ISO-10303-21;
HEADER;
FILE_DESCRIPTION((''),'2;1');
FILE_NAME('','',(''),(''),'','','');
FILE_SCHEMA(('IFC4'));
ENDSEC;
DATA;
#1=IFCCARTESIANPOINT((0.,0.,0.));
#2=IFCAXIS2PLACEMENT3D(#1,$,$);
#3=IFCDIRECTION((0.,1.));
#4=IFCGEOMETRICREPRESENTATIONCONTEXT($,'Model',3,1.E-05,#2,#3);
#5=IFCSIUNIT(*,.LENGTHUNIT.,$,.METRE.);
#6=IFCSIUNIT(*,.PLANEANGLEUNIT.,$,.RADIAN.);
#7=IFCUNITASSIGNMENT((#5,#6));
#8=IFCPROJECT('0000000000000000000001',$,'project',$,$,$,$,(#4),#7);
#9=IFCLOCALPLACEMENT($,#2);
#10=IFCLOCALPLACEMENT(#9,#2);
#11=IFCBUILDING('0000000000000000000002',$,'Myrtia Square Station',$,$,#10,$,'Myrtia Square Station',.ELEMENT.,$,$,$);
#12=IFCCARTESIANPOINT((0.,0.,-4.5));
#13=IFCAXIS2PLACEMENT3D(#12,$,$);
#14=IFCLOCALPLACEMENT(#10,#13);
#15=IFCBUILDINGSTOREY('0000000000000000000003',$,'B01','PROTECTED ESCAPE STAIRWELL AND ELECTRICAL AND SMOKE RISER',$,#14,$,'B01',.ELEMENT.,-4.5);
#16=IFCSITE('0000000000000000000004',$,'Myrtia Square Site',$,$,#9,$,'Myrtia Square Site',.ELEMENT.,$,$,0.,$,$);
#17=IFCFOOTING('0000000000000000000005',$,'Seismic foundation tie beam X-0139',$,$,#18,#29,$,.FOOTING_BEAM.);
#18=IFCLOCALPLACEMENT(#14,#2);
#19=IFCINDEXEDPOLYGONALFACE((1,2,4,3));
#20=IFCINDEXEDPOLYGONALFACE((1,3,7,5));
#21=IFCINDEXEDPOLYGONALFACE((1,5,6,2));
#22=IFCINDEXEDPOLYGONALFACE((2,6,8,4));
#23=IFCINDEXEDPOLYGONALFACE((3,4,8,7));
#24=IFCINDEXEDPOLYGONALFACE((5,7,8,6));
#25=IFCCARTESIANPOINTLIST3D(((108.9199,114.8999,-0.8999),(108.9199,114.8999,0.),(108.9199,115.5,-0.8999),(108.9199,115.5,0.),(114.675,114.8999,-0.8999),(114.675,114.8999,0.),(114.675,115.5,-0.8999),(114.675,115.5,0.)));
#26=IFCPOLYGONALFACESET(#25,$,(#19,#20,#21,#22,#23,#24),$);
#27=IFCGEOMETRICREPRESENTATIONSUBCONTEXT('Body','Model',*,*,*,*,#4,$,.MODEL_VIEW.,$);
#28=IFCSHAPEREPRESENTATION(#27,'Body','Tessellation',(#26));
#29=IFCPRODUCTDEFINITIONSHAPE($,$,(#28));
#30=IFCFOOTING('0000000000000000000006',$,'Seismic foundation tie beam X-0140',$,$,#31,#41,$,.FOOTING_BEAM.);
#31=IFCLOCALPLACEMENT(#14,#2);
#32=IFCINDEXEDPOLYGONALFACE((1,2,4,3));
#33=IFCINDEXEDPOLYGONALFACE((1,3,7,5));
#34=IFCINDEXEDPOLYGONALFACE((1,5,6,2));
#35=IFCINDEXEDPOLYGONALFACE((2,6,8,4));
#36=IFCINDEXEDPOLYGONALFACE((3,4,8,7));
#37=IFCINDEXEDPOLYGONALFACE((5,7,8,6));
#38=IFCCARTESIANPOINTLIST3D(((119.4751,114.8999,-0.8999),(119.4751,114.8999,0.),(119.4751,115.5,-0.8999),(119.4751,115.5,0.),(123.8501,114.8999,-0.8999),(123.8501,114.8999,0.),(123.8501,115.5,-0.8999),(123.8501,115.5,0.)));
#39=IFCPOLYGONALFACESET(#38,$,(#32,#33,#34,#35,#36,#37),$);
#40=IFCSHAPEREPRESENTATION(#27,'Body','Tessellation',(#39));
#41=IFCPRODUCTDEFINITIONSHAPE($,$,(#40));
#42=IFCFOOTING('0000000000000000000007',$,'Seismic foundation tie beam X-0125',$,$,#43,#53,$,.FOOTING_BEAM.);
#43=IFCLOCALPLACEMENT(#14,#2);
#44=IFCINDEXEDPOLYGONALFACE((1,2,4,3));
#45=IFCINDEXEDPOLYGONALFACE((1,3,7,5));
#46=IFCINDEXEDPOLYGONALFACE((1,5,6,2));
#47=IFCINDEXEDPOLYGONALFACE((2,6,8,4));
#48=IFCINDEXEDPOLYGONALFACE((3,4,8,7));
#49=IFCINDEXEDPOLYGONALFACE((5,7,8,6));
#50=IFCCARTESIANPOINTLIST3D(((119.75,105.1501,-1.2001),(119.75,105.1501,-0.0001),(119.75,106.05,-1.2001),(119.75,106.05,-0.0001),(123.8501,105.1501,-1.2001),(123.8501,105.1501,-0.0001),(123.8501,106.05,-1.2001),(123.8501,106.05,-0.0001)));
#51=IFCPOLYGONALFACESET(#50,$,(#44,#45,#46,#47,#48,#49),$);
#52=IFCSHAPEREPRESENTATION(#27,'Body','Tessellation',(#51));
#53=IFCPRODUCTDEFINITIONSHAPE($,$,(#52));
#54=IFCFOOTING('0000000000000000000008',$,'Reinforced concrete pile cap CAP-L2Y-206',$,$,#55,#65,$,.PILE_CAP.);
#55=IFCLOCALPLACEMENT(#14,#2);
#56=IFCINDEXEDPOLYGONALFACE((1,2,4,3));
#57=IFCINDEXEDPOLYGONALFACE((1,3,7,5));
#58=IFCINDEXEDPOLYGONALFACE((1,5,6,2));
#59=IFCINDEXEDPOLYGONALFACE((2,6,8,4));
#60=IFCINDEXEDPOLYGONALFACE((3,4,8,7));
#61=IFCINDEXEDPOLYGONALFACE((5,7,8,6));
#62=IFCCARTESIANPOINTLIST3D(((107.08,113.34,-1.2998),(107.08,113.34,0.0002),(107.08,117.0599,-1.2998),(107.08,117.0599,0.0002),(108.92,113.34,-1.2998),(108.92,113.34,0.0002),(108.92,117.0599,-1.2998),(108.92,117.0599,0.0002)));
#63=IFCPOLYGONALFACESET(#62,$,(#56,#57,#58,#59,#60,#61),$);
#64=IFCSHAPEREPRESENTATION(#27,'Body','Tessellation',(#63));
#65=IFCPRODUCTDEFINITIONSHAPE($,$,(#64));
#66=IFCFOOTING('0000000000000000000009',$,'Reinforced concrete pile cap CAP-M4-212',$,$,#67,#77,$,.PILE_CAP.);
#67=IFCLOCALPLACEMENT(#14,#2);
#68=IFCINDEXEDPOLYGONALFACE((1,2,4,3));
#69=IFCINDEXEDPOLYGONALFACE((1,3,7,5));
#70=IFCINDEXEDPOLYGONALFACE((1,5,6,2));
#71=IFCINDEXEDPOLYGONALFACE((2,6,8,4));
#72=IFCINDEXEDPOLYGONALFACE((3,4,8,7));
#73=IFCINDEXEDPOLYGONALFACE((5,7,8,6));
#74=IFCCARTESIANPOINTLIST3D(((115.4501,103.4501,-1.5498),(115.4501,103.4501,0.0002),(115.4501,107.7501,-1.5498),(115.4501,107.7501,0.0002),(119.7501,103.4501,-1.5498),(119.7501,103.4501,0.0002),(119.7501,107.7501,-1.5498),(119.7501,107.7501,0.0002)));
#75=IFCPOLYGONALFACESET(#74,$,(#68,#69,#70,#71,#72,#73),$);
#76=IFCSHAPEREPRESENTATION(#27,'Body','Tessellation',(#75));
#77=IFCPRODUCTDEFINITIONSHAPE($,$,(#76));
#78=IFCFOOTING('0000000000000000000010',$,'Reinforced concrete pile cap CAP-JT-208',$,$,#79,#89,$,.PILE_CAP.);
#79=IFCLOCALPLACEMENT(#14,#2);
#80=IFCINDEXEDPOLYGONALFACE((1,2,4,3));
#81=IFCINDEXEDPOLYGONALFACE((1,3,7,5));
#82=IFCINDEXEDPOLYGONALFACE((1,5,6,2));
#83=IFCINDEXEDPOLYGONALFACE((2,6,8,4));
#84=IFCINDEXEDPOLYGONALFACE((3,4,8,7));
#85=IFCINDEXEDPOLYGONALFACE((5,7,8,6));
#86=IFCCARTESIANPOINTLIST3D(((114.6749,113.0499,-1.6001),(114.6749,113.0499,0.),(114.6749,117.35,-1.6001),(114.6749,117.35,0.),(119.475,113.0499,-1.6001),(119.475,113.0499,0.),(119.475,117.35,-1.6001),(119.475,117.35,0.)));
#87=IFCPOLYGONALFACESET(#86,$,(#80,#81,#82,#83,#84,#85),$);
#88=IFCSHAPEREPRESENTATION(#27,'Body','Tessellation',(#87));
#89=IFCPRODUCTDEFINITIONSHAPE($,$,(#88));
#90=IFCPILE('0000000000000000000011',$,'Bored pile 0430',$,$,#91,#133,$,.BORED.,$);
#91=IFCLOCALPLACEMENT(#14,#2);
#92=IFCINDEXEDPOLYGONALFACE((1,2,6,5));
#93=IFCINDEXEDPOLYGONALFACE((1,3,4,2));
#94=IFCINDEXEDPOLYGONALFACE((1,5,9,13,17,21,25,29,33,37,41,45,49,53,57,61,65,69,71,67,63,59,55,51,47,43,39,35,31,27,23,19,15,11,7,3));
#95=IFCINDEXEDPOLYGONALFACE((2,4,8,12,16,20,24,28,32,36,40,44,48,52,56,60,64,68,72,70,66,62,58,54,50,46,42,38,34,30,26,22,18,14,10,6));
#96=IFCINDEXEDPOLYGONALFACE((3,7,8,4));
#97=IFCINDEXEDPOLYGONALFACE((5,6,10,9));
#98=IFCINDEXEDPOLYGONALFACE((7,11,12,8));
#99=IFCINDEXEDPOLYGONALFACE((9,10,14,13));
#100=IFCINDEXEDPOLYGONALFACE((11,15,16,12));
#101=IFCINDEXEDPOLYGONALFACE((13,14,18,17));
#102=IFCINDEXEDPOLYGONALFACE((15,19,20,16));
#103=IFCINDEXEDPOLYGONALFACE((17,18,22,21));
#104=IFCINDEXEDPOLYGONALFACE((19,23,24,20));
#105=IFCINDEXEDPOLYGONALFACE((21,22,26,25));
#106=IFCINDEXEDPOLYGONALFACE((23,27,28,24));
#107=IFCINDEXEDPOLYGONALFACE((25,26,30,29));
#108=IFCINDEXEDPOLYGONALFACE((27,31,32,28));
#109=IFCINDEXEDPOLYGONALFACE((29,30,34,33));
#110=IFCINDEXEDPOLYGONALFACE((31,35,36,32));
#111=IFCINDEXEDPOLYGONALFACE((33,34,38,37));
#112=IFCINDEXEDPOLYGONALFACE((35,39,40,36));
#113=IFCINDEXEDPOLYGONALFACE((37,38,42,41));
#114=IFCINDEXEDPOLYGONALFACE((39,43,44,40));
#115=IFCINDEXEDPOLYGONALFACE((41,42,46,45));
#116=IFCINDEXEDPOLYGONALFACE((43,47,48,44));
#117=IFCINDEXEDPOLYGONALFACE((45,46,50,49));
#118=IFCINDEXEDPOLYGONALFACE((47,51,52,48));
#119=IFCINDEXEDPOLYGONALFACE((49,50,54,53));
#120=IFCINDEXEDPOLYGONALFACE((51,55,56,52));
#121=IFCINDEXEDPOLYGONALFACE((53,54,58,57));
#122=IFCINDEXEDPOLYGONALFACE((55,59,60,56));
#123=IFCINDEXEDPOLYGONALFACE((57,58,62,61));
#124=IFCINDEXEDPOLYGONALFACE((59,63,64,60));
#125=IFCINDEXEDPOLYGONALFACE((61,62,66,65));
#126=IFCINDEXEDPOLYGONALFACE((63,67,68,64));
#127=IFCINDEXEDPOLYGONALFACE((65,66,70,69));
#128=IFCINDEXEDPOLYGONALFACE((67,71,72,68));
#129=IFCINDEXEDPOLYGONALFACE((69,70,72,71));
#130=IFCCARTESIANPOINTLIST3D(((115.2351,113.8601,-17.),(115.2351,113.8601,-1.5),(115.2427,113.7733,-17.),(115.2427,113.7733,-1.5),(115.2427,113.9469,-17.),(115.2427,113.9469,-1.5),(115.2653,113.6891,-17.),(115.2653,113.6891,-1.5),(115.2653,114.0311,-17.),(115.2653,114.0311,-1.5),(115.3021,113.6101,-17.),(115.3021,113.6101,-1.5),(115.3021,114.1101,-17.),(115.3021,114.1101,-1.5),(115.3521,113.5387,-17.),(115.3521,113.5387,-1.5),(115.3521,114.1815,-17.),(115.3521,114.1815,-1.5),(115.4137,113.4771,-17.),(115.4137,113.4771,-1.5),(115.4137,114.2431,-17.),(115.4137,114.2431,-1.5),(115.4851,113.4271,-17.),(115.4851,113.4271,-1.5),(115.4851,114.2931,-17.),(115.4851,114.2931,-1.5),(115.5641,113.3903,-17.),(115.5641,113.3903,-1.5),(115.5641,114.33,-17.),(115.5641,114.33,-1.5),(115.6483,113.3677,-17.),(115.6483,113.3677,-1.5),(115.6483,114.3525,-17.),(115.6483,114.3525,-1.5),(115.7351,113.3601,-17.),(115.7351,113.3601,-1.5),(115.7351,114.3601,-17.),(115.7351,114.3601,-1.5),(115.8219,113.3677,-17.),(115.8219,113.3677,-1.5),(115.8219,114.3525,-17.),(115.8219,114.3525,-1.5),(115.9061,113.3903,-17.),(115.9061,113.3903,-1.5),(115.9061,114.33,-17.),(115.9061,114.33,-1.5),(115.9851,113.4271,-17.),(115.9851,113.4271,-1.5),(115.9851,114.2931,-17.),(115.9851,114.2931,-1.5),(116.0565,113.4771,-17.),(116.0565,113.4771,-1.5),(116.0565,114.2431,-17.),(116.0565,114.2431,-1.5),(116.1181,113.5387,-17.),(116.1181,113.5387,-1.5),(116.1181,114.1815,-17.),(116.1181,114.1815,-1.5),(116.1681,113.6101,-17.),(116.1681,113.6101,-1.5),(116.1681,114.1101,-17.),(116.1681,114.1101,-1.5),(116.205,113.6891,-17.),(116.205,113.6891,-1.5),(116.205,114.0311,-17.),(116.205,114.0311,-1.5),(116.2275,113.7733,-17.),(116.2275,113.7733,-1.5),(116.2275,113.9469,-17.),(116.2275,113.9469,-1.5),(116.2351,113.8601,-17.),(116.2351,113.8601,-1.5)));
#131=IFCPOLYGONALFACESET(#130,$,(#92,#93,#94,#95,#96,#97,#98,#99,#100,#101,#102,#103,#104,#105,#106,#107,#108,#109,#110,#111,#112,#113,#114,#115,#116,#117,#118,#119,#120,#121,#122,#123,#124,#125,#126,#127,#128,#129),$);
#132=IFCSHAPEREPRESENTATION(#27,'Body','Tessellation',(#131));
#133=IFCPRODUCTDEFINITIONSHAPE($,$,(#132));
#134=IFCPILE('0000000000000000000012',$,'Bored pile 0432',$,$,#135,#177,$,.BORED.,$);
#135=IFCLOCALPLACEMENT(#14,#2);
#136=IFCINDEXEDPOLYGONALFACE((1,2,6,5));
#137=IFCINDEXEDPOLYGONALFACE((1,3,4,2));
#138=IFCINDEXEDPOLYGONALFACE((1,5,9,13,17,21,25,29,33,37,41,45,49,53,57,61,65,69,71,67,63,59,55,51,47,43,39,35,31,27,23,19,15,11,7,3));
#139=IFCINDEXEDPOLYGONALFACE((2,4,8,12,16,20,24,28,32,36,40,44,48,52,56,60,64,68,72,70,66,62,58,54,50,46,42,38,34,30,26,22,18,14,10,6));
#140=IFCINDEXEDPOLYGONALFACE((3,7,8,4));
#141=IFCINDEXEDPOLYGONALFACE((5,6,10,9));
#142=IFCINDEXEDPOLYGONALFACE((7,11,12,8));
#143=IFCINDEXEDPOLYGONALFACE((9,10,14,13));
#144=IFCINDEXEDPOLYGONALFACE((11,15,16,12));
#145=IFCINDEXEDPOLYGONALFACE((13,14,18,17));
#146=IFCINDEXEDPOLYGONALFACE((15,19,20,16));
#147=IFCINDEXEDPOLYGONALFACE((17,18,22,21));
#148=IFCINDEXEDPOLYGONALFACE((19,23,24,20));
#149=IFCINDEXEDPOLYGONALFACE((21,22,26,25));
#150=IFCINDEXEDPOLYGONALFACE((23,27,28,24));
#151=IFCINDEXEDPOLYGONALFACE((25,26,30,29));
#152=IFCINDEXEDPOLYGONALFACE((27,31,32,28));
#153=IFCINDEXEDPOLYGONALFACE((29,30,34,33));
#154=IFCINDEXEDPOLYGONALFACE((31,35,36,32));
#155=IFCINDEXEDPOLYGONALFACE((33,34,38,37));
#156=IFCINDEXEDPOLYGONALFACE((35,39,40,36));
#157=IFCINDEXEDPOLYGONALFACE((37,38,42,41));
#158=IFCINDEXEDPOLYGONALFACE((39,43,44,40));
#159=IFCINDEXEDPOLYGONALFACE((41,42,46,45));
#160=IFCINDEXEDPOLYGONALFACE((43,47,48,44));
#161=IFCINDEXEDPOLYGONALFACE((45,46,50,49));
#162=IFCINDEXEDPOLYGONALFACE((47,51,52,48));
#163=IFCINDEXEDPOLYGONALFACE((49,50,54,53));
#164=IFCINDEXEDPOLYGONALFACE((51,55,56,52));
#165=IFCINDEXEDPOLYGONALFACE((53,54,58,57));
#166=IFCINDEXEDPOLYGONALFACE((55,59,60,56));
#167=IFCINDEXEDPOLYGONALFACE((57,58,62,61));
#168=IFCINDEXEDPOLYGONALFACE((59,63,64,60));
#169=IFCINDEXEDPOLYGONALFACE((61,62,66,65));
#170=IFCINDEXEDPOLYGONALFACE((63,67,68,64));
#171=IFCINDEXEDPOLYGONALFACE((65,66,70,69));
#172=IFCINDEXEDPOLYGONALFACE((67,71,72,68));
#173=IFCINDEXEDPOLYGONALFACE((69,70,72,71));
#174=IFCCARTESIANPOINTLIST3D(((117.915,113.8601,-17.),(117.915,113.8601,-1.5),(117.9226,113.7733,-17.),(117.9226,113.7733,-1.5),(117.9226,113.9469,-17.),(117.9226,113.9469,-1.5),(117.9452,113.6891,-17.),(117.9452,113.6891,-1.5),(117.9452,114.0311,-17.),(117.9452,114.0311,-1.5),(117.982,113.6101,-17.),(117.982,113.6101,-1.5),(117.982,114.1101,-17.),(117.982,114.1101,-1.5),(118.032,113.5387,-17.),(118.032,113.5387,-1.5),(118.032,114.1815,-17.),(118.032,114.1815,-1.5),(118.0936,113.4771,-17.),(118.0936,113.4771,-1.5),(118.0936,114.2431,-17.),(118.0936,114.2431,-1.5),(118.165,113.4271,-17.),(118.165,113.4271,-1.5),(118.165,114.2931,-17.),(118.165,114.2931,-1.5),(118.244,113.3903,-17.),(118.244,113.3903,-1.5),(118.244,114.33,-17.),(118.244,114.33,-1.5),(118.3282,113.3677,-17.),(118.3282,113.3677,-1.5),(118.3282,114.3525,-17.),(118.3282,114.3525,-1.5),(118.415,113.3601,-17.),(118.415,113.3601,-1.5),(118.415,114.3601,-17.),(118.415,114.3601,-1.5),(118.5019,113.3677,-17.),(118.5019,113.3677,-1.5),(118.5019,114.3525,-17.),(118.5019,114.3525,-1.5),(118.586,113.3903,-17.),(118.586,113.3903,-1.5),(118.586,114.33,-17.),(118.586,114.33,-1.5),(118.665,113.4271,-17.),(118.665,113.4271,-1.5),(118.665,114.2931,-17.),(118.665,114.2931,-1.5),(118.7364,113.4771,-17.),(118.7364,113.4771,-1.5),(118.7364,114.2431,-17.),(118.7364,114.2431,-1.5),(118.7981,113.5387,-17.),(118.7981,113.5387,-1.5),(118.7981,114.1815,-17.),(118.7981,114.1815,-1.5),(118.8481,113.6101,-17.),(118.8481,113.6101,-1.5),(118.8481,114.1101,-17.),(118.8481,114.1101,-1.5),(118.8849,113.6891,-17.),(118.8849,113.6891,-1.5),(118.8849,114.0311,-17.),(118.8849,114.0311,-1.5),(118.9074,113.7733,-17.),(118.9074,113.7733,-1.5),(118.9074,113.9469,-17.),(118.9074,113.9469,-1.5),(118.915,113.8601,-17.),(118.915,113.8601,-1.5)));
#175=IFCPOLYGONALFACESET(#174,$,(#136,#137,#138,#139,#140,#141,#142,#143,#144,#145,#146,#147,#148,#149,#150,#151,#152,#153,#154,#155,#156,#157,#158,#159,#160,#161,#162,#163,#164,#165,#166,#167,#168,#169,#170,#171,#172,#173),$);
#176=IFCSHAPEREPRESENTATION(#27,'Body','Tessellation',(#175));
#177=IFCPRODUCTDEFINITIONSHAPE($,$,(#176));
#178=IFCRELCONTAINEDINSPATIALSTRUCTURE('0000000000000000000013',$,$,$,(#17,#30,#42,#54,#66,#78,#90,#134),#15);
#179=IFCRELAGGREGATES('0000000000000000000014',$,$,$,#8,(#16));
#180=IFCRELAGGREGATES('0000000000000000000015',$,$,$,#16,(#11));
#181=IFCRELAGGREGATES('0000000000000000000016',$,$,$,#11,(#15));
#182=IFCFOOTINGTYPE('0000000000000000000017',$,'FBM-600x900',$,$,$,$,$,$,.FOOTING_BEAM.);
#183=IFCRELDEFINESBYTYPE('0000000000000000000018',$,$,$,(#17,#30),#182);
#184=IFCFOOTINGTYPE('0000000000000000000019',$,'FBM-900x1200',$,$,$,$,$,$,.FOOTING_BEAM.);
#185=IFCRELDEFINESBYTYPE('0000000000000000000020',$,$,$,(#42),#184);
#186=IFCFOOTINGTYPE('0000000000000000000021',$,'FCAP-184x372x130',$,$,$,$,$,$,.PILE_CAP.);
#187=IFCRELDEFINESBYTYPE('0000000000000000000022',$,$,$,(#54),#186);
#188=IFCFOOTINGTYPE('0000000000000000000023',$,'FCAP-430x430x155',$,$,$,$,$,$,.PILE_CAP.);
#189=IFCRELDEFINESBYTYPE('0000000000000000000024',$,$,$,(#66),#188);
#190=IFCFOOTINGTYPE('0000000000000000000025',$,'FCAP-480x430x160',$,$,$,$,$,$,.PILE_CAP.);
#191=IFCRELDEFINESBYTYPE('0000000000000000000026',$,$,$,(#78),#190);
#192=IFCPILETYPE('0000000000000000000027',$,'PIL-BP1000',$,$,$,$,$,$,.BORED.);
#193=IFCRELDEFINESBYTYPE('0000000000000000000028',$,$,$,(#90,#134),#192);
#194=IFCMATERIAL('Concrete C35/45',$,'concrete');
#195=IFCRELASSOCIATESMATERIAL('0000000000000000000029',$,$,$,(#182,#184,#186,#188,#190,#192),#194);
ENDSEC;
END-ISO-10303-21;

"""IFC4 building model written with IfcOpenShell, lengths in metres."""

from ifc_helpers import new_model, si_unit, direction, frame, origin, origin_2d, place, context, subcontext, project, spatial, rectangle, circle, extrude, material, material_profile, profile_set, type_object, element, save


model = new_model("IFC4")

# Units and contexts
model_context = context("Model", 3, precision=1e-05, world=origin(), true_north=direction((0.0, 1.0)))
body_context = subcontext(model_context, "Body", "Model", "MODEL_VIEW")
ifc_project = project(units=[si_unit("LENGTHUNIT", "METRE"), si_unit("PLANEANGLEUNIT", "RADIAN")], contexts=[model_context])

# Site, building, storey
site_placement = place(None, origin())
site = spatial("IfcSite", under=ifc_project, at=site_placement, Name="Myrtia Square Site", LongName="Myrtia Square Site", CompositionType="ELEMENT", RefElevation=0.0)
building_placement = place(site_placement, origin())
building = spatial("IfcBuilding", under=site, at=building_placement, Name="Myrtia Square Station", LongName="Myrtia Square Station", CompositionType="ELEMENT")
storey_placement = place(building_placement, frame((0.0, 0.0, -4.5)))
storey = spatial("IfcBuildingStorey", under=building, at=storey_placement, Name="B01", Description="PROTECTED ESCAPE STAIRWELL AND ELECTRICAL AND SMOKE RISER", LongName="B01", CompositionType="ELEMENT", Elevation=-4.5)

# Footings
ifc_material_1 = material(Name="Concrete C35/45", Category="concrete")
ifc_material_profile_1 = material_profile(ifc_material_1, rectangle(XDim=0.6001, YDim=0.8999, at=origin_2d()), Name="FB 600x900")
ifc_profile_set_1 = profile_set([ifc_material_profile_1], Name="Concrete C35/45")
footing_type_1 = type_object("IfcFootingType", Name="FBM-600x900", PredefinedType="FOOTING_BEAM", material=ifc_profile_set_1)
footing_1_placement = place(storey_placement, frame((108.9199, 115.2, -0.45), z_axis=(1.0, 0.0, 0.0), x_axis=(0.0, 1.0, 0.0)))
element("IfcFooting", 1, at=footing_1_placement, inside=storey, type_object=footing_type_1, Name="Seismic foundation tie beam X-0139", PredefinedType="FOOTING_BEAM", context=body_context, shape_type="SweptSolid", body=[
    extrude(rectangle(XDim=0.6001, YDim=0.8999, at=origin_2d()), origin(), (0.0, 0.0, 1.0), 5.7551),
])
footing_2_placement = place(storey_placement, frame((119.4751, 115.2, -0.45), z_axis=(1.0, 0.0, 0.0), x_axis=(0.0, 1.0, 0.0)))
element("IfcFooting", 2, at=footing_2_placement, inside=storey, type_object=footing_type_1, Name="Seismic foundation tie beam X-0140", PredefinedType="FOOTING_BEAM", context=body_context, shape_type="SweptSolid", body=[
    extrude(rectangle(XDim=0.6001, YDim=0.8999, at=origin_2d()), origin(), (0.0, 0.0, 1.0), 4.375),
])
ifc_material_profile_2 = material_profile(ifc_material_1, rectangle(XDim=0.8999, YDim=1.2, at=origin_2d()), Name="FB 900x1200")
ifc_profile_set_2 = profile_set([ifc_material_profile_2], Name="Concrete C35/45")
footing_type_2 = type_object("IfcFootingType", Name="FBM-900x1200", PredefinedType="FOOTING_BEAM", material=ifc_profile_set_2)
footing_3_placement = place(storey_placement, frame((119.75, 105.6001, -0.6001), z_axis=(1.0, 0.0, 0.0), x_axis=(0.0, 1.0, 0.0)))
element("IfcFooting", 3, at=footing_3_placement, inside=storey, type_object=footing_type_2, Name="Seismic foundation tie beam X-0125", PredefinedType="FOOTING_BEAM", context=body_context, shape_type="SweptSolid", body=[
    extrude(rectangle(XDim=0.8999, YDim=1.2, at=origin_2d()), origin(), (0.0, 0.0, 1.0), 4.1001),
])
footing_type_3 = type_object("IfcFootingType", Name="FCAP-184x372x130", PredefinedType="PILE_CAP", material=ifc_material_1)
footing_4_placement = place(storey_placement, frame((108.0, 115.2, -1.2998), z_axis=(0.0, 0.0, 1.0), x_axis=(1.0, 0.0, 0.0)))
element("IfcFooting", 4, at=footing_4_placement, inside=storey, type_object=footing_type_3, Name="Reinforced concrete pile cap CAP-L2Y-206", PredefinedType="PILE_CAP", context=body_context, shape_type="SweptSolid", body=[
    extrude(rectangle(XDim=1.8401, YDim=3.72, at=origin_2d()), origin(), (0.0, 0.0, 1.0), 1.3),
])
footing_type_4 = type_object("IfcFootingType", Name="FCAP-430x430x155", PredefinedType="PILE_CAP", material=ifc_material_1)
footing_5_placement = place(storey_placement, frame((117.6001, 105.6001, -1.5498), z_axis=(0.0, 0.0, 1.0), x_axis=(1.0, 0.0, 0.0)))
element("IfcFooting", 5, at=footing_5_placement, inside=storey, type_object=footing_type_4, Name="Reinforced concrete pile cap CAP-M4-212", PredefinedType="PILE_CAP", context=body_context, shape_type="SweptSolid", body=[
    extrude(rectangle(XDim=4.3, YDim=4.3, at=origin_2d()), origin(), (0.0, 0.0, 1.0), 1.55),
])
footing_type_5 = type_object("IfcFootingType", Name="FCAP-480x430x160", PredefinedType="PILE_CAP", material=ifc_material_1)
footing_6_placement = place(storey_placement, frame((117.075, 115.2, -1.6001), z_axis=(0.0, 0.0, 1.0), x_axis=(1.0, 0.0, 0.0)))
element("IfcFooting", 6, at=footing_6_placement, inside=storey, type_object=footing_type_5, Name="Reinforced concrete pile cap CAP-JT-208", PredefinedType="PILE_CAP", context=body_context, shape_type="SweptSolid", body=[
    extrude(rectangle(XDim=4.8, YDim=4.3, at=origin_2d()), origin(), (0.0, 0.0, 1.0), 1.6001),
])

# Piles
ifc_material_profile_3 = material_profile(ifc_material_1, circle(Radius=0.5, at=origin_2d()), Name="BP D1000")
ifc_profile_set_3 = profile_set([ifc_material_profile_3], Name="Concrete C35/45")
pile_type_1 = type_object("IfcPileType", Name="PIL-BP1000", PredefinedType="BORED", material=ifc_profile_set_3)
for number, where, z_axis, x_axis, name in (
    (7, (115.7351, 113.8601, -1.5), (0.0, 0.0, -1.0), (1.0, 0.0, 0.0), "Bored pile 0430"),
    (8, (118.415, 113.8601, -1.5), (0.0, 0.0, -1.0), (1.0, 0.0, 0.0), "Bored pile 0432"),
):
    element("IfcPile", number, at=place(storey_placement, frame(where, z_axis=z_axis, x_axis=x_axis)), inside=storey, type_object=pile_type_1, Name=name, PredefinedType="BORED", context=body_context, shape_type="SweptSolid", body=[
        extrude(circle(Radius=0.5, at=origin_2d()), origin(), (0.0, 0.0, 1.0), 15.5),
    ])

save(model, "model.ifc")
